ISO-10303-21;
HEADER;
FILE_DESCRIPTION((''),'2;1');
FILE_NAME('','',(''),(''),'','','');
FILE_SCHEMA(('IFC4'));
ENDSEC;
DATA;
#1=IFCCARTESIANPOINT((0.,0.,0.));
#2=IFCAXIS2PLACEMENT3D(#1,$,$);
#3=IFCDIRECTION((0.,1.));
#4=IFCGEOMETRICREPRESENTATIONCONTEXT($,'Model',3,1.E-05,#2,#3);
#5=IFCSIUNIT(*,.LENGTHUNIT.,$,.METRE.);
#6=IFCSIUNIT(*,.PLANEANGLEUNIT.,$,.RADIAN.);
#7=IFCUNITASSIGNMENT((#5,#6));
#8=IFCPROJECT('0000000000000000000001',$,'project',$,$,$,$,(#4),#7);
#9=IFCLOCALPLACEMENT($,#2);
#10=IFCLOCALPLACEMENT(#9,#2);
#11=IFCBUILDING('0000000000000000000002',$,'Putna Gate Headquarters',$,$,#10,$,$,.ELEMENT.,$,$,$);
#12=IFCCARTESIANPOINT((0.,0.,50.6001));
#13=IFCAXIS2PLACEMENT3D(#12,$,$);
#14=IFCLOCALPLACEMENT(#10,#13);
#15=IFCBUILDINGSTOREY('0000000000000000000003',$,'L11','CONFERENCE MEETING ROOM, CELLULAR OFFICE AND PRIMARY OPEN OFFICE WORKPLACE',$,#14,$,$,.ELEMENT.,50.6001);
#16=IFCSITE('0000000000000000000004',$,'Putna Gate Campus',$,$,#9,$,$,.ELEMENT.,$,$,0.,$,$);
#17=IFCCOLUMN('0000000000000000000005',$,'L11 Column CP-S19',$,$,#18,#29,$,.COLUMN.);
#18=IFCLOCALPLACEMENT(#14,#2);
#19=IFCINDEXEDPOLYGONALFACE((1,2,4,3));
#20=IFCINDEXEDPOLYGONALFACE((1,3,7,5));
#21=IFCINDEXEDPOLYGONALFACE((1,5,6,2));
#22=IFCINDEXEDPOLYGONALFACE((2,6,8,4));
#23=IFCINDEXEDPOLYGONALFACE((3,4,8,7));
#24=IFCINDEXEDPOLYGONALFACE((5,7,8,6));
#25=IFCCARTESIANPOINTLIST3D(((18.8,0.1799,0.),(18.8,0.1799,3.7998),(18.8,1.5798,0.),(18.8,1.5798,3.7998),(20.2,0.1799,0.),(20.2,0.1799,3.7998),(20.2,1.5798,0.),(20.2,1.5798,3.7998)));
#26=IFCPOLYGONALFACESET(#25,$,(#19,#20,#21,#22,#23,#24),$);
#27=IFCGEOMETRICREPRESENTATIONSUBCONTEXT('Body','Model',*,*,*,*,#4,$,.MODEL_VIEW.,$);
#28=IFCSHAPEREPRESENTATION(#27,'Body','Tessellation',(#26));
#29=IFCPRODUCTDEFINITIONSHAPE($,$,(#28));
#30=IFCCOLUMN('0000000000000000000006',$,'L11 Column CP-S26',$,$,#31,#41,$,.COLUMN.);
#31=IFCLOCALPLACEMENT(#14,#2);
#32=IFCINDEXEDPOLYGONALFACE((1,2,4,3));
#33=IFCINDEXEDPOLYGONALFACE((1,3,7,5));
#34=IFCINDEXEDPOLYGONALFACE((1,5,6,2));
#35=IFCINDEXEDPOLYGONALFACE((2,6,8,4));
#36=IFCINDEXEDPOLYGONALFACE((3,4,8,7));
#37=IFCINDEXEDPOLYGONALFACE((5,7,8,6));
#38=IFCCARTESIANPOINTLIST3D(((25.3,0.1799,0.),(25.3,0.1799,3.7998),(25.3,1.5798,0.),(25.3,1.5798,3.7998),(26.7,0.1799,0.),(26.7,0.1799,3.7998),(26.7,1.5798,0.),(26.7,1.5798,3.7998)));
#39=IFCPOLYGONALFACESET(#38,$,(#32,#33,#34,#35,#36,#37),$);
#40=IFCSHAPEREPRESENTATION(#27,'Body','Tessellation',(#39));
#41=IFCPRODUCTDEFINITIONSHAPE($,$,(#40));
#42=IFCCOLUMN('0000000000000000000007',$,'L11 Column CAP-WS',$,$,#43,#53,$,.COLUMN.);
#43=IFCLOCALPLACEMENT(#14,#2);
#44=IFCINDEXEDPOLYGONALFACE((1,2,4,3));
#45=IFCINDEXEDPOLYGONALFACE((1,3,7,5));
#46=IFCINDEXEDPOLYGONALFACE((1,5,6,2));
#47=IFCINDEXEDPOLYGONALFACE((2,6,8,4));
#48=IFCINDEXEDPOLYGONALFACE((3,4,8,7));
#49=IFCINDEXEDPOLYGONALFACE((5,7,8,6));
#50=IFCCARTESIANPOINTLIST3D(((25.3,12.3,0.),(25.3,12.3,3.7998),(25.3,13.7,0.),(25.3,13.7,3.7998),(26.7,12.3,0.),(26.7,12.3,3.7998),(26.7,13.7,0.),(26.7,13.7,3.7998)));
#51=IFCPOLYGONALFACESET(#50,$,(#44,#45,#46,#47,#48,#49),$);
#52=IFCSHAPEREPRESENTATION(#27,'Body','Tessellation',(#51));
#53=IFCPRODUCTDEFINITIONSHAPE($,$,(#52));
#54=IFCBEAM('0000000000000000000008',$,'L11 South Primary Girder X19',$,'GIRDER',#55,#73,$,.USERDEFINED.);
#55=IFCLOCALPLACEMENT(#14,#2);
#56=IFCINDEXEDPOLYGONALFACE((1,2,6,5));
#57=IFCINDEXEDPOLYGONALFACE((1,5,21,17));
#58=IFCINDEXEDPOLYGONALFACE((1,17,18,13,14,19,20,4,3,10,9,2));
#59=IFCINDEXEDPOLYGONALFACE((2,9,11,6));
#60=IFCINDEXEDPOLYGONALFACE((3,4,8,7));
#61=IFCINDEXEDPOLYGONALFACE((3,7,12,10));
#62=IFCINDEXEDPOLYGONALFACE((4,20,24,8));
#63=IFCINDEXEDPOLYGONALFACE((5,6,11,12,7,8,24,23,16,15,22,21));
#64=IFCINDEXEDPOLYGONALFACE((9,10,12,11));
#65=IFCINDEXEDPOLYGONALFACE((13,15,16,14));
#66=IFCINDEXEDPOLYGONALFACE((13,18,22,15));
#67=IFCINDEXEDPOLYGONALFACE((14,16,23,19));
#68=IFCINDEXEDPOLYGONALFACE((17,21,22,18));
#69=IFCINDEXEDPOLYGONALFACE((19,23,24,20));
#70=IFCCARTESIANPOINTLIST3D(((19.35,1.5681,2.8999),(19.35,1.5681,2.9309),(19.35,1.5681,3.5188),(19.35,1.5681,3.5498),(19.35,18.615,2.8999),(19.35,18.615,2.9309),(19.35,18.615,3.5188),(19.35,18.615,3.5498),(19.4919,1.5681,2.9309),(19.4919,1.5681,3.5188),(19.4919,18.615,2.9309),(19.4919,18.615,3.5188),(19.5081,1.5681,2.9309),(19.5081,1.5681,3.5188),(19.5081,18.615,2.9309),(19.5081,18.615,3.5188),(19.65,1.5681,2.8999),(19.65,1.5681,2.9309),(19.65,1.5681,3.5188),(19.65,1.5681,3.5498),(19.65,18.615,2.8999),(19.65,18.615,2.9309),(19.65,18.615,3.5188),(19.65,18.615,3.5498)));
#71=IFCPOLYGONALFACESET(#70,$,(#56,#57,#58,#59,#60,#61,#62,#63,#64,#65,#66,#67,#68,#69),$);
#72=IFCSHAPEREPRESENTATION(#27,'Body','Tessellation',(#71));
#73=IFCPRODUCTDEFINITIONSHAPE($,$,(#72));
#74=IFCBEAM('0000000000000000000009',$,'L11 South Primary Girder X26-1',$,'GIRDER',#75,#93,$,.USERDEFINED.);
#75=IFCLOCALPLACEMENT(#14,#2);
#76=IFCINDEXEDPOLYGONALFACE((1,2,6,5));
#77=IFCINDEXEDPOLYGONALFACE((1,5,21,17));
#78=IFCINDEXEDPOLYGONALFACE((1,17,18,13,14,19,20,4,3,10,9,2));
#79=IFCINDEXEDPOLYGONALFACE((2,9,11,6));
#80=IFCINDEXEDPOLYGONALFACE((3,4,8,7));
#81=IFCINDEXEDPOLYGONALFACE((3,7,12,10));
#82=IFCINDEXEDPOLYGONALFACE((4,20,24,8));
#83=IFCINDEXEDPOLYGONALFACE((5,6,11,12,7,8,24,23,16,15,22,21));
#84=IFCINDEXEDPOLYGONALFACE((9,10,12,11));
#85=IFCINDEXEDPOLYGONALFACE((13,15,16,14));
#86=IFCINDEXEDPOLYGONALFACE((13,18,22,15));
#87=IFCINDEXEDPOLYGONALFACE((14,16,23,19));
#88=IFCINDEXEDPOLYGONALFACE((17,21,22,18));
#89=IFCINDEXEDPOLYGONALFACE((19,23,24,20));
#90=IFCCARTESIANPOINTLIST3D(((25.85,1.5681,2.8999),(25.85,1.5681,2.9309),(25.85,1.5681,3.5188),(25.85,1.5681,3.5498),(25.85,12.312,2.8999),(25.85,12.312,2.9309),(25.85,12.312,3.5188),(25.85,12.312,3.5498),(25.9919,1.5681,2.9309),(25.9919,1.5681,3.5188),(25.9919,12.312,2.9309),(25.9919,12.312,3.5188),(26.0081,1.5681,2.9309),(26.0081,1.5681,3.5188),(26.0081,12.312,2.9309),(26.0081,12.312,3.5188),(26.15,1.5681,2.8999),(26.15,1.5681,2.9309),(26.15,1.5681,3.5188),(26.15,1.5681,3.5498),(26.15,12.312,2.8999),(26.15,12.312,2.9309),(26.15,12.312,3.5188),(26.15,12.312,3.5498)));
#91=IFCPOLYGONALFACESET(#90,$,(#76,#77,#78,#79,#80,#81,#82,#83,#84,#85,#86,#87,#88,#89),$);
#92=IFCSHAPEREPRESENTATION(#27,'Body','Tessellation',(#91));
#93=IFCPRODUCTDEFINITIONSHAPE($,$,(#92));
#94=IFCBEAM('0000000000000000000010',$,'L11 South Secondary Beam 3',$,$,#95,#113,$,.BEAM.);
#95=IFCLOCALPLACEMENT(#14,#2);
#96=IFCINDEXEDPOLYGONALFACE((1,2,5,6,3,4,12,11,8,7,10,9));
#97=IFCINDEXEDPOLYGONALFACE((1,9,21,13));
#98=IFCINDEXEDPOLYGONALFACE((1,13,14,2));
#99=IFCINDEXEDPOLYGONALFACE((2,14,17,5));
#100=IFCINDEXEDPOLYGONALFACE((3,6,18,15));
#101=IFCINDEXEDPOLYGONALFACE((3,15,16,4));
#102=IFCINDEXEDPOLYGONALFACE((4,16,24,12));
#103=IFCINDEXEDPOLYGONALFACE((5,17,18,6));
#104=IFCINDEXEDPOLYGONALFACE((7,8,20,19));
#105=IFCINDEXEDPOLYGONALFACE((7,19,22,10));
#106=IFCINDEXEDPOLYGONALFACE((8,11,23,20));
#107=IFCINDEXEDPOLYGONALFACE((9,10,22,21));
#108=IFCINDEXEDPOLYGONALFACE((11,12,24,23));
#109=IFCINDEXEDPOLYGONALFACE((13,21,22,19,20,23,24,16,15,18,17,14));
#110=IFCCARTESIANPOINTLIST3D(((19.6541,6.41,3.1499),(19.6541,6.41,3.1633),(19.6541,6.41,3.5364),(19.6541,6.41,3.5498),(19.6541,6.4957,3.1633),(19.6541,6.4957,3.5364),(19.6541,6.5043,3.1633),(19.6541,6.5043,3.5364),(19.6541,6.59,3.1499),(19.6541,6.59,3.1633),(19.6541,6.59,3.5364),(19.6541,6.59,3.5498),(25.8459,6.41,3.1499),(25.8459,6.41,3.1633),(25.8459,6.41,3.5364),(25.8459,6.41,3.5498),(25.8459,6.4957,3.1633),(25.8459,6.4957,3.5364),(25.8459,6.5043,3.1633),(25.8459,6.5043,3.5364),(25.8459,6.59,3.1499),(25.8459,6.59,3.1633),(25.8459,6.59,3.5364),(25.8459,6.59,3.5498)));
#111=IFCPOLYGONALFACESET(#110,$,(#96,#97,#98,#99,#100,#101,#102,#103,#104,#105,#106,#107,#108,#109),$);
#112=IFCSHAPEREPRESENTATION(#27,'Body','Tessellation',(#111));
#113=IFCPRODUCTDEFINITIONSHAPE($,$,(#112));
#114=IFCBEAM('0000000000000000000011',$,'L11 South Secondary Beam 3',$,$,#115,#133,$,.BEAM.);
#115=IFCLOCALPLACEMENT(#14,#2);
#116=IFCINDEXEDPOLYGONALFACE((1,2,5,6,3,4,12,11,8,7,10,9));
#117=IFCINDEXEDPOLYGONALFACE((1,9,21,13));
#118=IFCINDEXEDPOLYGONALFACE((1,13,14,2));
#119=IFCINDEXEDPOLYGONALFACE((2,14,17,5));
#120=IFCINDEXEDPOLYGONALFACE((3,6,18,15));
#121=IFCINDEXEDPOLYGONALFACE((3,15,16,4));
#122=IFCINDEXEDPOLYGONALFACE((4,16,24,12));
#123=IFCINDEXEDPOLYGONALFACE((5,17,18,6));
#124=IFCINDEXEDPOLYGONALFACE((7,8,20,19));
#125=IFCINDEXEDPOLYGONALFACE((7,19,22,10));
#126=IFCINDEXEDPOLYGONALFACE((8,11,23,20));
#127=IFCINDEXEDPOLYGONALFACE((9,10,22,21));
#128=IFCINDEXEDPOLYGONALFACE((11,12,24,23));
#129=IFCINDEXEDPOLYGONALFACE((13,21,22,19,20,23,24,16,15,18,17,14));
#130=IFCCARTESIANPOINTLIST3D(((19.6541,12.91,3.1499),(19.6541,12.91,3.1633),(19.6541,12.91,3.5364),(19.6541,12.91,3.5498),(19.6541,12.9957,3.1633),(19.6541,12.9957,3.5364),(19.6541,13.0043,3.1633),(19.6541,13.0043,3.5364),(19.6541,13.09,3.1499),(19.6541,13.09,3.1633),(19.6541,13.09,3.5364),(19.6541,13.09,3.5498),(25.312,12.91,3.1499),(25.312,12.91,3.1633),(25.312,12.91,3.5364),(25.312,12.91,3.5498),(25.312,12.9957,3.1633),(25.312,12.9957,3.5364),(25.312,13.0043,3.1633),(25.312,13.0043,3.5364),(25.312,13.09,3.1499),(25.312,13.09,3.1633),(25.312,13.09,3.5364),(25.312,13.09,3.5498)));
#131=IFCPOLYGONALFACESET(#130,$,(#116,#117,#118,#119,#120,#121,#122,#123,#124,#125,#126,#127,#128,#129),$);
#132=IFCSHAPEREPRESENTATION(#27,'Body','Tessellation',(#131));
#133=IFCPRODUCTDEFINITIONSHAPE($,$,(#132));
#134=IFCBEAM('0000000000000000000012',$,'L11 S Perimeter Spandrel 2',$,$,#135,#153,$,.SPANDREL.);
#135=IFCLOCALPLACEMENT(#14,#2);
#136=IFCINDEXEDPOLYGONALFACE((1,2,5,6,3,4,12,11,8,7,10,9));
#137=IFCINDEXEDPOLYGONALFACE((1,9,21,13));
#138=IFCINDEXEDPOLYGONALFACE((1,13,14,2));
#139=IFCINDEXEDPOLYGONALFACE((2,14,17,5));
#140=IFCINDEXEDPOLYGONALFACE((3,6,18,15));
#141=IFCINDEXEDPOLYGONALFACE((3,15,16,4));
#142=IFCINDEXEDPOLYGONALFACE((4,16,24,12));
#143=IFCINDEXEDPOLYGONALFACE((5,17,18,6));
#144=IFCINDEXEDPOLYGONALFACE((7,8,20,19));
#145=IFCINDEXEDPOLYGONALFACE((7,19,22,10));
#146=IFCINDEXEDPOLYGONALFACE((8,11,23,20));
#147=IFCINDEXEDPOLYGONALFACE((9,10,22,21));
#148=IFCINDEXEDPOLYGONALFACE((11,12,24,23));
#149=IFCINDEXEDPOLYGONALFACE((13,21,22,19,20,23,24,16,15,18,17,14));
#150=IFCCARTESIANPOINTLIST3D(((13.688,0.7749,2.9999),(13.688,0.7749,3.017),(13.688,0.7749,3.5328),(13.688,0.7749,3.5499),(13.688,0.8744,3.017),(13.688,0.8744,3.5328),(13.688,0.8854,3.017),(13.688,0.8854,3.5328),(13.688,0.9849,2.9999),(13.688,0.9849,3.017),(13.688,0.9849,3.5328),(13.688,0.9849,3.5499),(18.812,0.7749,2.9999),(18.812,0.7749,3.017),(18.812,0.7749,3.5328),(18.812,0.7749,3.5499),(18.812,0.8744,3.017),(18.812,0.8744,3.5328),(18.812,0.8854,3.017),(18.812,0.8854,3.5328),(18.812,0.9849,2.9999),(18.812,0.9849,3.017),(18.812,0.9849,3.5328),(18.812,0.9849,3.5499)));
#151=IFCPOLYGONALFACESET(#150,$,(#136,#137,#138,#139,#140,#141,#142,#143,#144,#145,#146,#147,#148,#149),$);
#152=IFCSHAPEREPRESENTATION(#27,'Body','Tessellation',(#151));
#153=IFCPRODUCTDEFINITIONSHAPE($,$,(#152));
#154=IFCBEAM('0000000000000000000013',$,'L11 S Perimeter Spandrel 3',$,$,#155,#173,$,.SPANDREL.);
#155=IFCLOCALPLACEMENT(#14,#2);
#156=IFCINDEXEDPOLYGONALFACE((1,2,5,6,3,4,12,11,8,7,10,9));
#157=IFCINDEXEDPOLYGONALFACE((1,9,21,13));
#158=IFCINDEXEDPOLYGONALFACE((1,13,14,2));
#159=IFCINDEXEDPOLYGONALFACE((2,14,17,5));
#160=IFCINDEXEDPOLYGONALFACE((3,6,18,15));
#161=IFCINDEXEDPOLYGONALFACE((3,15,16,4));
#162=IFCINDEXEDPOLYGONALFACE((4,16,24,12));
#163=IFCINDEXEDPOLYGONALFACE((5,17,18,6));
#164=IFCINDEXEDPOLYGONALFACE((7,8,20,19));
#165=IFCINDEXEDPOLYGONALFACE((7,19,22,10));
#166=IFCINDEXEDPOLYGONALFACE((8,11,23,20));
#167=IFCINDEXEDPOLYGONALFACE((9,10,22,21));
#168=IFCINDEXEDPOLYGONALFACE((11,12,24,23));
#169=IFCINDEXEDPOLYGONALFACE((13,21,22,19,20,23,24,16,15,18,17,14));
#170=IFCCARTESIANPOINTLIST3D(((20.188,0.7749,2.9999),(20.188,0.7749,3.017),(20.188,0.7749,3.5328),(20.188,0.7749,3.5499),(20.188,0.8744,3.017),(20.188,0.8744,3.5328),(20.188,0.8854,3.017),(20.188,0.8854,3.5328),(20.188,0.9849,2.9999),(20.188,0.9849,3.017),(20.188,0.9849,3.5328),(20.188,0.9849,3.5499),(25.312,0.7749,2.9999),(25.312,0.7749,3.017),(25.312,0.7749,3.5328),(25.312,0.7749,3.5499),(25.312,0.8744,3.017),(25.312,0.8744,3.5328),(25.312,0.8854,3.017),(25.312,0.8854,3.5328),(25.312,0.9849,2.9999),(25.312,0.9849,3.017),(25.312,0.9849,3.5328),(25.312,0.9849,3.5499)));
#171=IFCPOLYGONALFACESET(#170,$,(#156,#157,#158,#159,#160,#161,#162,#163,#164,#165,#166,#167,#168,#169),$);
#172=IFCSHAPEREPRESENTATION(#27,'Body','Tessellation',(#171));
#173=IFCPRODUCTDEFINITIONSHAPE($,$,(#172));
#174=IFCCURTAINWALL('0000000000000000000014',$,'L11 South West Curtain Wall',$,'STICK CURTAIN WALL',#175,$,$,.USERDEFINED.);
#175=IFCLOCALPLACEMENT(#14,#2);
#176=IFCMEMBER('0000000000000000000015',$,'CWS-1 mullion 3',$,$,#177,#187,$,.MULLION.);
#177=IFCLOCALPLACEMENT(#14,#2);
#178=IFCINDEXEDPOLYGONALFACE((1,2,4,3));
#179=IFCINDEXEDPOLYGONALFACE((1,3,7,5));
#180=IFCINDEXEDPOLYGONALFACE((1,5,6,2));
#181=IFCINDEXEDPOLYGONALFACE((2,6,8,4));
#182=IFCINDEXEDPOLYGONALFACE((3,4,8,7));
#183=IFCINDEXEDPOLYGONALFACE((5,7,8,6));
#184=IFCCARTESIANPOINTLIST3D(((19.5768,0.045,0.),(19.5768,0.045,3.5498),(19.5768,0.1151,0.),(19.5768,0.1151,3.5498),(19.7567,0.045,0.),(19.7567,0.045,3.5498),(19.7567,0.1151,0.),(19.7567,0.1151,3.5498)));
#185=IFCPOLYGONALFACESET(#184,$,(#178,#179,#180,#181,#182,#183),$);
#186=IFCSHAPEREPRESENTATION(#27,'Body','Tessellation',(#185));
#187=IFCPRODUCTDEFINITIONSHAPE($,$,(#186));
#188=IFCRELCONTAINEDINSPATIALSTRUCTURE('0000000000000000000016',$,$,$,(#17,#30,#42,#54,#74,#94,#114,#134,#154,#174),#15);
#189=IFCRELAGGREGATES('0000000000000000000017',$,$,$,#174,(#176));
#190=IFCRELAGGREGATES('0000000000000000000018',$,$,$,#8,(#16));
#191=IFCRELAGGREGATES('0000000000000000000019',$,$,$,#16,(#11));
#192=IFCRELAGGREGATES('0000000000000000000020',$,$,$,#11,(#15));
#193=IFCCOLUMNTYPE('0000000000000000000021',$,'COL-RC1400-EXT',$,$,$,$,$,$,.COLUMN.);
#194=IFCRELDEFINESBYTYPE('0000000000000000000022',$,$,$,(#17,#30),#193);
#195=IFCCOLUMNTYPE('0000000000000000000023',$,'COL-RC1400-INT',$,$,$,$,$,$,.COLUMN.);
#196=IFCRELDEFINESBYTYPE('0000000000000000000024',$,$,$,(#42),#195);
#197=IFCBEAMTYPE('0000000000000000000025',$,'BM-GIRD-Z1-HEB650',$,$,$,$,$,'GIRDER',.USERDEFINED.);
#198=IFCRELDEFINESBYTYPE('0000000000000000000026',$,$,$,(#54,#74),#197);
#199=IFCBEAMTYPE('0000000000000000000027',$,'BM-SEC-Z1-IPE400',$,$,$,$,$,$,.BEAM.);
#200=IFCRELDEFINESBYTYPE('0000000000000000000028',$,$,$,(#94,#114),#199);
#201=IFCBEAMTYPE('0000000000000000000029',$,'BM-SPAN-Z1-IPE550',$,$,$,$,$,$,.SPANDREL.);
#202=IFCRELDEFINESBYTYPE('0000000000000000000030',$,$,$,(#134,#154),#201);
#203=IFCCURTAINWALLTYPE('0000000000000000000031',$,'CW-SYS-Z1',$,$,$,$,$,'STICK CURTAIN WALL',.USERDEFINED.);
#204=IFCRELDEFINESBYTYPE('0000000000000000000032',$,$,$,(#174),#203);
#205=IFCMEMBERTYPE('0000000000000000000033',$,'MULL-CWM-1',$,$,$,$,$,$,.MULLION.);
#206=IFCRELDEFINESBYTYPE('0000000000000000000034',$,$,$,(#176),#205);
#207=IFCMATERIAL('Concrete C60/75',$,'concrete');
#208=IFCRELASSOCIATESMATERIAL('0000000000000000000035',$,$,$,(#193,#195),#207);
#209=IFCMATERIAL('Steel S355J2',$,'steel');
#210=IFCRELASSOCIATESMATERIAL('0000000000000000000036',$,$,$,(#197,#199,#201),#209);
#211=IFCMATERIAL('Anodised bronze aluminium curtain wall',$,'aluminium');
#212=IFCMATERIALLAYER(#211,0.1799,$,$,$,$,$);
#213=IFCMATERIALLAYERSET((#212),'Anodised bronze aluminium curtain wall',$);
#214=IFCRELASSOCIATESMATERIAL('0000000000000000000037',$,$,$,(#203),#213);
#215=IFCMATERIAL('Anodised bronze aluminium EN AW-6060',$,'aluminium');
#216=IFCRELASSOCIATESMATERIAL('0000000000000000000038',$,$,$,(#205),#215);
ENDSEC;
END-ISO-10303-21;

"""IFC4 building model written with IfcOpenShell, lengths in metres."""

from ifc_helpers import new_model, si_unit, direction, frame, origin, origin_2d, place, context, subcontext, project, spatial, rectangle, i_section, extrude, material, layer, layer_set, material_profile, profile_set, type_object, element, aggregate, save


model = new_model("IFC4")

# Units and contexts
model_context = context("Model", 3, precision=1e-05, world=origin(), true_north=direction((0.0, 1.0)))
body_context = subcontext(model_context, "Body", "Model", "MODEL_VIEW")
ifc_project = project(units=[si_unit("LENGTHUNIT", "METRE"), si_unit("PLANEANGLEUNIT", "RADIAN")], contexts=[model_context])

# Site, building, storey
site_placement = place(None, origin())
site = spatial("IfcSite", under=ifc_project, at=site_placement, Name="Putna Gate Campus", CompositionType="ELEMENT", RefElevation=0.0)
building_placement = place(site_placement, origin())
building = spatial("IfcBuilding", under=site, at=building_placement, Name="Putna Gate Headquarters", CompositionType="ELEMENT")
storey_placement = place(building_placement, frame((0.0, 0.0, 50.6001)))
storey = spatial("IfcBuildingStorey", under=building, at=storey_placement, Name="L11", Description="CONFERENCE MEETING ROOM, CELLULAR OFFICE AND PRIMARY OPEN OFFICE WORKPLACE", CompositionType="ELEMENT", Elevation=50.6001)

# Columns
ifc_material_1 = material(Name="Concrete C60/75", Category="concrete")
ifc_material_profile_1 = material_profile(ifc_material_1, rectangle(XDim=1.3999, YDim=1.3999, at=origin_2d()), Name="Concrete C60/75")
ifc_profile_set_1 = profile_set([ifc_material_profile_1], Name="Concrete C60/75")
column_type_1 = type_object("IfcColumnType", Name="COL-RC1400-EXT", PredefinedType="COLUMN", material=ifc_profile_set_1)
for number, where, z_axis, x_axis, name in (
    (1, (19.5, 0.8799, 0.0), (0.0, 0.0, 1.0), (1.0, 0.0, 0.0), "L11 Column CP-S19"),
    (2, (26.0, 0.8799, 0.0), (0.0, 0.0, 1.0), (1.0, 0.0, 0.0), "L11 Column CP-S26"),
):
    element("IfcColumn", number, at=place(storey_placement, frame(where, z_axis=z_axis, x_axis=x_axis)), inside=storey, type_object=column_type_1, Name=name, PredefinedType="COLUMN", context=body_context, shape_type="SweptSolid", body=[
        extrude(rectangle(XDim=1.3999, YDim=1.3999, at=origin_2d()), origin(), (0.0, 0.0, 1.0), 3.7998),
    ])
ifc_material_profile_2 = material_profile(ifc_material_1, rectangle(XDim=1.3999, YDim=1.3999, at=origin_2d()), Name="Concrete C60/75")
ifc_profile_set_2 = profile_set([ifc_material_profile_2], Name="Concrete C60/75")
column_type_2 = type_object("IfcColumnType", Name="COL-RC1400-INT", PredefinedType="COLUMN", material=ifc_profile_set_2)
column_placement = place(storey_placement, frame((26.0, 13.0, 0.0), z_axis=(0.0, 0.0, 1.0), x_axis=(1.0, 0.0, 0.0)))
element("IfcColumn", 3, at=column_placement, inside=storey, type_object=column_type_2, Name="L11 Column CAP-WS", PredefinedType="COLUMN", context=body_context, shape_type="SweptSolid", body=[
    extrude(rectangle(XDim=1.3999, YDim=1.3999, at=origin_2d()), origin(), (0.0, 0.0, 1.0), 3.7998),
])

# Beams
ifc_material_2 = material(Name="Steel S355J2", Category="steel")
ifc_material_profile_3 = material_profile(ifc_material_2, i_section(OverallWidth=0.3, OverallDepth=0.6499, WebThickness=0.0161, FlangeThickness=0.031, at=origin_2d()), Name="Steel S355J2")
ifc_profile_set_3 = profile_set([ifc_material_profile_3], Name="Steel S355J2")
beam_type_1 = type_object("IfcBeamType", Name="BM-GIRD-Z1-HEB650", ElementType="GIRDER", PredefinedType="USERDEFINED", material=ifc_profile_set_3)
beam_1_placement = place(storey_placement, frame((19.5, 1.5681, 3.2249), z_axis=(0.0, 1.0, 0.0), x_axis=(-1.0, 0.0, 0.0)))
element("IfcBeam", 4, at=beam_1_placement, inside=storey, type_object=beam_type_1, Name="L11 South Primary Girder X19", ObjectType="GIRDER", PredefinedType="USERDEFINED", context=body_context, shape_type="SweptSolid", body=[
    extrude(i_section(OverallWidth=0.3, OverallDepth=0.6499, WebThickness=0.0161, FlangeThickness=0.031, at=origin_2d()), origin(), (0.0, 0.0, 1.0), 17.0469),
])
beam_2_placement = place(storey_placement, frame((26.0, 1.5681, 3.2249), z_axis=(0.0, 1.0, 0.0), x_axis=(-1.0, 0.0, 0.0)))
element("IfcBeam", 5, at=beam_2_placement, inside=storey, type_object=beam_type_1, Name="L11 South Primary Girder X26-1", ObjectType="GIRDER", PredefinedType="USERDEFINED", context=body_context, shape_type="SweptSolid", body=[
    extrude(i_section(OverallWidth=0.3, OverallDepth=0.6499, WebThickness=0.0161, FlangeThickness=0.031, at=origin_2d()), origin(), (0.0, 0.0, 1.0), 10.7439),
])
ifc_material_profile_4 = material_profile(ifc_material_2, i_section(OverallWidth=0.1799, OverallDepth=0.3999, WebThickness=0.0085, FlangeThickness=0.0134, at=origin_2d()), Name="Steel S355J2")
ifc_profile_set_4 = profile_set([ifc_material_profile_4], Name="Steel S355J2")
beam_type_2 = type_object("IfcBeamType", Name="BM-SEC-Z1-IPE400", PredefinedType="BEAM", material=ifc_profile_set_4)
beam_3_placement = place(storey_placement, frame((19.6541, 6.5, 3.3499), z_axis=(1.0, 0.0, 0.0), x_axis=(0.0, 1.0, 0.0)))
element("IfcBeam", 6, at=beam_3_placement, inside=storey, type_object=beam_type_2, Name="L11 South Secondary Beam 3", PredefinedType="BEAM", context=body_context, shape_type="SweptSolid", body=[
    extrude(i_section(OverallWidth=0.1799, OverallDepth=0.3999, WebThickness=0.0085, FlangeThickness=0.0134, at=origin_2d()), origin(), (0.0, 0.0, 1.0), 6.1919),
])
beam_4_placement = place(storey_placement, frame((19.6541, 13.0, 3.3499), z_axis=(1.0, 0.0, 0.0), x_axis=(0.0, 1.0, 0.0)))
element("IfcBeam", 7, at=beam_4_placement, inside=storey, type_object=beam_type_2, Name="L11 South Secondary Beam 3", PredefinedType="BEAM", context=body_context, shape_type="SweptSolid", body=[
    extrude(i_section(OverallWidth=0.1799, OverallDepth=0.3999, WebThickness=0.0085, FlangeThickness=0.0134, at=origin_2d()), origin(), (0.0, 0.0, 1.0), 5.658),
])
ifc_material_profile_5 = material_profile(ifc_material_2, i_section(OverallWidth=0.21, OverallDepth=0.55, WebThickness=0.011, FlangeThickness=0.0171, at=origin_2d()), Name="Steel S355J2")
ifc_profile_set_5 = profile_set([ifc_material_profile_5], Name="Steel S355J2")
beam_type_3 = type_object("IfcBeamType", Name="BM-SPAN-Z1-IPE550", PredefinedType="SPANDREL", material=ifc_profile_set_5)
for number, where, z_axis, x_axis, name in (
    (8, (13.688, 0.8799, 3.2749), (1.0, 0.0, 0.0), (0.0, 1.0, 0.0), "L11 S Perimeter Spandrel 2"),
    (9, (20.188, 0.8799, 3.2749), (1.0, 0.0, 0.0), (0.0, 1.0, 0.0), "L11 S Perimeter Spandrel 3"),
):
    element("IfcBeam", number, at=place(storey_placement, frame(where, z_axis=z_axis, x_axis=x_axis)), inside=storey, type_object=beam_type_3, Name=name, PredefinedType="SPANDREL", context=body_context, shape_type="SweptSolid", body=[
        extrude(i_section(OverallWidth=0.21, OverallDepth=0.55, WebThickness=0.011, FlangeThickness=0.0171, at=origin_2d()), origin(), (0.0, 0.0, 1.0), 5.124),
    ])

# Curtain wall, member
ifc_material_3 = material(Name="Anodised bronze aluminium curtain wall", Category="aluminium")
ifc_layer_1 = layer(ifc_material_3, 0.1799)
ifc_layer_set_1 = layer_set([ifc_layer_1], Name="Anodised bronze aluminium curtain wall")
curtain_wall_type = type_object("IfcCurtainWallType", Name="CW-SYS-Z1", ElementType="STICK CURTAIN WALL", PredefinedType="USERDEFINED", material=ifc_layer_set_1)
curtain_wall_placement = place(storey_placement, origin())
curtain_wall = element("IfcCurtainWall", 10, at=curtain_wall_placement, inside=storey, type_object=curtain_wall_type, Name="L11 South West Curtain Wall", ObjectType="STICK CURTAIN WALL", PredefinedType="USERDEFINED")
ifc_material_4 = material(Name="Anodised bronze aluminium EN AW-6060", Category="aluminium")
ifc_material_profile_6 = material_profile(ifc_material_4, rectangle(XDim=0.0701, YDim=0.1799, at=origin_2d()), Name="Anodised bronze aluminium EN AW-6060")
ifc_profile_set_6 = profile_set([ifc_material_profile_6], Name="Anodised bronze aluminium EN AW-6060")
member_type_1 = type_object("IfcMemberType", Name="MULL-CWM-1", PredefinedType="MULLION", material=ifc_profile_set_6)
member_1_placement = place(storey_placement, frame((19.6667, 0.0801, 0.0), z_axis=(0.0, 0.0, 1.0), x_axis=(0.0, 1.0, 0.0)))
member_1 = element("IfcMember", 11, at=member_1_placement, type_object=member_type_1, Name="CWS-1 mullion 3", PredefinedType="MULLION", context=body_context, shape_type="SweptSolid", body=[
    extrude(rectangle(XDim=0.0701, YDim=0.1799, at=origin_2d()), origin(), (0.0, 0.0, 1.0), 3.5498),
])
aggregate(curtain_wall, [member_1])

save(model, "model.ifc")
